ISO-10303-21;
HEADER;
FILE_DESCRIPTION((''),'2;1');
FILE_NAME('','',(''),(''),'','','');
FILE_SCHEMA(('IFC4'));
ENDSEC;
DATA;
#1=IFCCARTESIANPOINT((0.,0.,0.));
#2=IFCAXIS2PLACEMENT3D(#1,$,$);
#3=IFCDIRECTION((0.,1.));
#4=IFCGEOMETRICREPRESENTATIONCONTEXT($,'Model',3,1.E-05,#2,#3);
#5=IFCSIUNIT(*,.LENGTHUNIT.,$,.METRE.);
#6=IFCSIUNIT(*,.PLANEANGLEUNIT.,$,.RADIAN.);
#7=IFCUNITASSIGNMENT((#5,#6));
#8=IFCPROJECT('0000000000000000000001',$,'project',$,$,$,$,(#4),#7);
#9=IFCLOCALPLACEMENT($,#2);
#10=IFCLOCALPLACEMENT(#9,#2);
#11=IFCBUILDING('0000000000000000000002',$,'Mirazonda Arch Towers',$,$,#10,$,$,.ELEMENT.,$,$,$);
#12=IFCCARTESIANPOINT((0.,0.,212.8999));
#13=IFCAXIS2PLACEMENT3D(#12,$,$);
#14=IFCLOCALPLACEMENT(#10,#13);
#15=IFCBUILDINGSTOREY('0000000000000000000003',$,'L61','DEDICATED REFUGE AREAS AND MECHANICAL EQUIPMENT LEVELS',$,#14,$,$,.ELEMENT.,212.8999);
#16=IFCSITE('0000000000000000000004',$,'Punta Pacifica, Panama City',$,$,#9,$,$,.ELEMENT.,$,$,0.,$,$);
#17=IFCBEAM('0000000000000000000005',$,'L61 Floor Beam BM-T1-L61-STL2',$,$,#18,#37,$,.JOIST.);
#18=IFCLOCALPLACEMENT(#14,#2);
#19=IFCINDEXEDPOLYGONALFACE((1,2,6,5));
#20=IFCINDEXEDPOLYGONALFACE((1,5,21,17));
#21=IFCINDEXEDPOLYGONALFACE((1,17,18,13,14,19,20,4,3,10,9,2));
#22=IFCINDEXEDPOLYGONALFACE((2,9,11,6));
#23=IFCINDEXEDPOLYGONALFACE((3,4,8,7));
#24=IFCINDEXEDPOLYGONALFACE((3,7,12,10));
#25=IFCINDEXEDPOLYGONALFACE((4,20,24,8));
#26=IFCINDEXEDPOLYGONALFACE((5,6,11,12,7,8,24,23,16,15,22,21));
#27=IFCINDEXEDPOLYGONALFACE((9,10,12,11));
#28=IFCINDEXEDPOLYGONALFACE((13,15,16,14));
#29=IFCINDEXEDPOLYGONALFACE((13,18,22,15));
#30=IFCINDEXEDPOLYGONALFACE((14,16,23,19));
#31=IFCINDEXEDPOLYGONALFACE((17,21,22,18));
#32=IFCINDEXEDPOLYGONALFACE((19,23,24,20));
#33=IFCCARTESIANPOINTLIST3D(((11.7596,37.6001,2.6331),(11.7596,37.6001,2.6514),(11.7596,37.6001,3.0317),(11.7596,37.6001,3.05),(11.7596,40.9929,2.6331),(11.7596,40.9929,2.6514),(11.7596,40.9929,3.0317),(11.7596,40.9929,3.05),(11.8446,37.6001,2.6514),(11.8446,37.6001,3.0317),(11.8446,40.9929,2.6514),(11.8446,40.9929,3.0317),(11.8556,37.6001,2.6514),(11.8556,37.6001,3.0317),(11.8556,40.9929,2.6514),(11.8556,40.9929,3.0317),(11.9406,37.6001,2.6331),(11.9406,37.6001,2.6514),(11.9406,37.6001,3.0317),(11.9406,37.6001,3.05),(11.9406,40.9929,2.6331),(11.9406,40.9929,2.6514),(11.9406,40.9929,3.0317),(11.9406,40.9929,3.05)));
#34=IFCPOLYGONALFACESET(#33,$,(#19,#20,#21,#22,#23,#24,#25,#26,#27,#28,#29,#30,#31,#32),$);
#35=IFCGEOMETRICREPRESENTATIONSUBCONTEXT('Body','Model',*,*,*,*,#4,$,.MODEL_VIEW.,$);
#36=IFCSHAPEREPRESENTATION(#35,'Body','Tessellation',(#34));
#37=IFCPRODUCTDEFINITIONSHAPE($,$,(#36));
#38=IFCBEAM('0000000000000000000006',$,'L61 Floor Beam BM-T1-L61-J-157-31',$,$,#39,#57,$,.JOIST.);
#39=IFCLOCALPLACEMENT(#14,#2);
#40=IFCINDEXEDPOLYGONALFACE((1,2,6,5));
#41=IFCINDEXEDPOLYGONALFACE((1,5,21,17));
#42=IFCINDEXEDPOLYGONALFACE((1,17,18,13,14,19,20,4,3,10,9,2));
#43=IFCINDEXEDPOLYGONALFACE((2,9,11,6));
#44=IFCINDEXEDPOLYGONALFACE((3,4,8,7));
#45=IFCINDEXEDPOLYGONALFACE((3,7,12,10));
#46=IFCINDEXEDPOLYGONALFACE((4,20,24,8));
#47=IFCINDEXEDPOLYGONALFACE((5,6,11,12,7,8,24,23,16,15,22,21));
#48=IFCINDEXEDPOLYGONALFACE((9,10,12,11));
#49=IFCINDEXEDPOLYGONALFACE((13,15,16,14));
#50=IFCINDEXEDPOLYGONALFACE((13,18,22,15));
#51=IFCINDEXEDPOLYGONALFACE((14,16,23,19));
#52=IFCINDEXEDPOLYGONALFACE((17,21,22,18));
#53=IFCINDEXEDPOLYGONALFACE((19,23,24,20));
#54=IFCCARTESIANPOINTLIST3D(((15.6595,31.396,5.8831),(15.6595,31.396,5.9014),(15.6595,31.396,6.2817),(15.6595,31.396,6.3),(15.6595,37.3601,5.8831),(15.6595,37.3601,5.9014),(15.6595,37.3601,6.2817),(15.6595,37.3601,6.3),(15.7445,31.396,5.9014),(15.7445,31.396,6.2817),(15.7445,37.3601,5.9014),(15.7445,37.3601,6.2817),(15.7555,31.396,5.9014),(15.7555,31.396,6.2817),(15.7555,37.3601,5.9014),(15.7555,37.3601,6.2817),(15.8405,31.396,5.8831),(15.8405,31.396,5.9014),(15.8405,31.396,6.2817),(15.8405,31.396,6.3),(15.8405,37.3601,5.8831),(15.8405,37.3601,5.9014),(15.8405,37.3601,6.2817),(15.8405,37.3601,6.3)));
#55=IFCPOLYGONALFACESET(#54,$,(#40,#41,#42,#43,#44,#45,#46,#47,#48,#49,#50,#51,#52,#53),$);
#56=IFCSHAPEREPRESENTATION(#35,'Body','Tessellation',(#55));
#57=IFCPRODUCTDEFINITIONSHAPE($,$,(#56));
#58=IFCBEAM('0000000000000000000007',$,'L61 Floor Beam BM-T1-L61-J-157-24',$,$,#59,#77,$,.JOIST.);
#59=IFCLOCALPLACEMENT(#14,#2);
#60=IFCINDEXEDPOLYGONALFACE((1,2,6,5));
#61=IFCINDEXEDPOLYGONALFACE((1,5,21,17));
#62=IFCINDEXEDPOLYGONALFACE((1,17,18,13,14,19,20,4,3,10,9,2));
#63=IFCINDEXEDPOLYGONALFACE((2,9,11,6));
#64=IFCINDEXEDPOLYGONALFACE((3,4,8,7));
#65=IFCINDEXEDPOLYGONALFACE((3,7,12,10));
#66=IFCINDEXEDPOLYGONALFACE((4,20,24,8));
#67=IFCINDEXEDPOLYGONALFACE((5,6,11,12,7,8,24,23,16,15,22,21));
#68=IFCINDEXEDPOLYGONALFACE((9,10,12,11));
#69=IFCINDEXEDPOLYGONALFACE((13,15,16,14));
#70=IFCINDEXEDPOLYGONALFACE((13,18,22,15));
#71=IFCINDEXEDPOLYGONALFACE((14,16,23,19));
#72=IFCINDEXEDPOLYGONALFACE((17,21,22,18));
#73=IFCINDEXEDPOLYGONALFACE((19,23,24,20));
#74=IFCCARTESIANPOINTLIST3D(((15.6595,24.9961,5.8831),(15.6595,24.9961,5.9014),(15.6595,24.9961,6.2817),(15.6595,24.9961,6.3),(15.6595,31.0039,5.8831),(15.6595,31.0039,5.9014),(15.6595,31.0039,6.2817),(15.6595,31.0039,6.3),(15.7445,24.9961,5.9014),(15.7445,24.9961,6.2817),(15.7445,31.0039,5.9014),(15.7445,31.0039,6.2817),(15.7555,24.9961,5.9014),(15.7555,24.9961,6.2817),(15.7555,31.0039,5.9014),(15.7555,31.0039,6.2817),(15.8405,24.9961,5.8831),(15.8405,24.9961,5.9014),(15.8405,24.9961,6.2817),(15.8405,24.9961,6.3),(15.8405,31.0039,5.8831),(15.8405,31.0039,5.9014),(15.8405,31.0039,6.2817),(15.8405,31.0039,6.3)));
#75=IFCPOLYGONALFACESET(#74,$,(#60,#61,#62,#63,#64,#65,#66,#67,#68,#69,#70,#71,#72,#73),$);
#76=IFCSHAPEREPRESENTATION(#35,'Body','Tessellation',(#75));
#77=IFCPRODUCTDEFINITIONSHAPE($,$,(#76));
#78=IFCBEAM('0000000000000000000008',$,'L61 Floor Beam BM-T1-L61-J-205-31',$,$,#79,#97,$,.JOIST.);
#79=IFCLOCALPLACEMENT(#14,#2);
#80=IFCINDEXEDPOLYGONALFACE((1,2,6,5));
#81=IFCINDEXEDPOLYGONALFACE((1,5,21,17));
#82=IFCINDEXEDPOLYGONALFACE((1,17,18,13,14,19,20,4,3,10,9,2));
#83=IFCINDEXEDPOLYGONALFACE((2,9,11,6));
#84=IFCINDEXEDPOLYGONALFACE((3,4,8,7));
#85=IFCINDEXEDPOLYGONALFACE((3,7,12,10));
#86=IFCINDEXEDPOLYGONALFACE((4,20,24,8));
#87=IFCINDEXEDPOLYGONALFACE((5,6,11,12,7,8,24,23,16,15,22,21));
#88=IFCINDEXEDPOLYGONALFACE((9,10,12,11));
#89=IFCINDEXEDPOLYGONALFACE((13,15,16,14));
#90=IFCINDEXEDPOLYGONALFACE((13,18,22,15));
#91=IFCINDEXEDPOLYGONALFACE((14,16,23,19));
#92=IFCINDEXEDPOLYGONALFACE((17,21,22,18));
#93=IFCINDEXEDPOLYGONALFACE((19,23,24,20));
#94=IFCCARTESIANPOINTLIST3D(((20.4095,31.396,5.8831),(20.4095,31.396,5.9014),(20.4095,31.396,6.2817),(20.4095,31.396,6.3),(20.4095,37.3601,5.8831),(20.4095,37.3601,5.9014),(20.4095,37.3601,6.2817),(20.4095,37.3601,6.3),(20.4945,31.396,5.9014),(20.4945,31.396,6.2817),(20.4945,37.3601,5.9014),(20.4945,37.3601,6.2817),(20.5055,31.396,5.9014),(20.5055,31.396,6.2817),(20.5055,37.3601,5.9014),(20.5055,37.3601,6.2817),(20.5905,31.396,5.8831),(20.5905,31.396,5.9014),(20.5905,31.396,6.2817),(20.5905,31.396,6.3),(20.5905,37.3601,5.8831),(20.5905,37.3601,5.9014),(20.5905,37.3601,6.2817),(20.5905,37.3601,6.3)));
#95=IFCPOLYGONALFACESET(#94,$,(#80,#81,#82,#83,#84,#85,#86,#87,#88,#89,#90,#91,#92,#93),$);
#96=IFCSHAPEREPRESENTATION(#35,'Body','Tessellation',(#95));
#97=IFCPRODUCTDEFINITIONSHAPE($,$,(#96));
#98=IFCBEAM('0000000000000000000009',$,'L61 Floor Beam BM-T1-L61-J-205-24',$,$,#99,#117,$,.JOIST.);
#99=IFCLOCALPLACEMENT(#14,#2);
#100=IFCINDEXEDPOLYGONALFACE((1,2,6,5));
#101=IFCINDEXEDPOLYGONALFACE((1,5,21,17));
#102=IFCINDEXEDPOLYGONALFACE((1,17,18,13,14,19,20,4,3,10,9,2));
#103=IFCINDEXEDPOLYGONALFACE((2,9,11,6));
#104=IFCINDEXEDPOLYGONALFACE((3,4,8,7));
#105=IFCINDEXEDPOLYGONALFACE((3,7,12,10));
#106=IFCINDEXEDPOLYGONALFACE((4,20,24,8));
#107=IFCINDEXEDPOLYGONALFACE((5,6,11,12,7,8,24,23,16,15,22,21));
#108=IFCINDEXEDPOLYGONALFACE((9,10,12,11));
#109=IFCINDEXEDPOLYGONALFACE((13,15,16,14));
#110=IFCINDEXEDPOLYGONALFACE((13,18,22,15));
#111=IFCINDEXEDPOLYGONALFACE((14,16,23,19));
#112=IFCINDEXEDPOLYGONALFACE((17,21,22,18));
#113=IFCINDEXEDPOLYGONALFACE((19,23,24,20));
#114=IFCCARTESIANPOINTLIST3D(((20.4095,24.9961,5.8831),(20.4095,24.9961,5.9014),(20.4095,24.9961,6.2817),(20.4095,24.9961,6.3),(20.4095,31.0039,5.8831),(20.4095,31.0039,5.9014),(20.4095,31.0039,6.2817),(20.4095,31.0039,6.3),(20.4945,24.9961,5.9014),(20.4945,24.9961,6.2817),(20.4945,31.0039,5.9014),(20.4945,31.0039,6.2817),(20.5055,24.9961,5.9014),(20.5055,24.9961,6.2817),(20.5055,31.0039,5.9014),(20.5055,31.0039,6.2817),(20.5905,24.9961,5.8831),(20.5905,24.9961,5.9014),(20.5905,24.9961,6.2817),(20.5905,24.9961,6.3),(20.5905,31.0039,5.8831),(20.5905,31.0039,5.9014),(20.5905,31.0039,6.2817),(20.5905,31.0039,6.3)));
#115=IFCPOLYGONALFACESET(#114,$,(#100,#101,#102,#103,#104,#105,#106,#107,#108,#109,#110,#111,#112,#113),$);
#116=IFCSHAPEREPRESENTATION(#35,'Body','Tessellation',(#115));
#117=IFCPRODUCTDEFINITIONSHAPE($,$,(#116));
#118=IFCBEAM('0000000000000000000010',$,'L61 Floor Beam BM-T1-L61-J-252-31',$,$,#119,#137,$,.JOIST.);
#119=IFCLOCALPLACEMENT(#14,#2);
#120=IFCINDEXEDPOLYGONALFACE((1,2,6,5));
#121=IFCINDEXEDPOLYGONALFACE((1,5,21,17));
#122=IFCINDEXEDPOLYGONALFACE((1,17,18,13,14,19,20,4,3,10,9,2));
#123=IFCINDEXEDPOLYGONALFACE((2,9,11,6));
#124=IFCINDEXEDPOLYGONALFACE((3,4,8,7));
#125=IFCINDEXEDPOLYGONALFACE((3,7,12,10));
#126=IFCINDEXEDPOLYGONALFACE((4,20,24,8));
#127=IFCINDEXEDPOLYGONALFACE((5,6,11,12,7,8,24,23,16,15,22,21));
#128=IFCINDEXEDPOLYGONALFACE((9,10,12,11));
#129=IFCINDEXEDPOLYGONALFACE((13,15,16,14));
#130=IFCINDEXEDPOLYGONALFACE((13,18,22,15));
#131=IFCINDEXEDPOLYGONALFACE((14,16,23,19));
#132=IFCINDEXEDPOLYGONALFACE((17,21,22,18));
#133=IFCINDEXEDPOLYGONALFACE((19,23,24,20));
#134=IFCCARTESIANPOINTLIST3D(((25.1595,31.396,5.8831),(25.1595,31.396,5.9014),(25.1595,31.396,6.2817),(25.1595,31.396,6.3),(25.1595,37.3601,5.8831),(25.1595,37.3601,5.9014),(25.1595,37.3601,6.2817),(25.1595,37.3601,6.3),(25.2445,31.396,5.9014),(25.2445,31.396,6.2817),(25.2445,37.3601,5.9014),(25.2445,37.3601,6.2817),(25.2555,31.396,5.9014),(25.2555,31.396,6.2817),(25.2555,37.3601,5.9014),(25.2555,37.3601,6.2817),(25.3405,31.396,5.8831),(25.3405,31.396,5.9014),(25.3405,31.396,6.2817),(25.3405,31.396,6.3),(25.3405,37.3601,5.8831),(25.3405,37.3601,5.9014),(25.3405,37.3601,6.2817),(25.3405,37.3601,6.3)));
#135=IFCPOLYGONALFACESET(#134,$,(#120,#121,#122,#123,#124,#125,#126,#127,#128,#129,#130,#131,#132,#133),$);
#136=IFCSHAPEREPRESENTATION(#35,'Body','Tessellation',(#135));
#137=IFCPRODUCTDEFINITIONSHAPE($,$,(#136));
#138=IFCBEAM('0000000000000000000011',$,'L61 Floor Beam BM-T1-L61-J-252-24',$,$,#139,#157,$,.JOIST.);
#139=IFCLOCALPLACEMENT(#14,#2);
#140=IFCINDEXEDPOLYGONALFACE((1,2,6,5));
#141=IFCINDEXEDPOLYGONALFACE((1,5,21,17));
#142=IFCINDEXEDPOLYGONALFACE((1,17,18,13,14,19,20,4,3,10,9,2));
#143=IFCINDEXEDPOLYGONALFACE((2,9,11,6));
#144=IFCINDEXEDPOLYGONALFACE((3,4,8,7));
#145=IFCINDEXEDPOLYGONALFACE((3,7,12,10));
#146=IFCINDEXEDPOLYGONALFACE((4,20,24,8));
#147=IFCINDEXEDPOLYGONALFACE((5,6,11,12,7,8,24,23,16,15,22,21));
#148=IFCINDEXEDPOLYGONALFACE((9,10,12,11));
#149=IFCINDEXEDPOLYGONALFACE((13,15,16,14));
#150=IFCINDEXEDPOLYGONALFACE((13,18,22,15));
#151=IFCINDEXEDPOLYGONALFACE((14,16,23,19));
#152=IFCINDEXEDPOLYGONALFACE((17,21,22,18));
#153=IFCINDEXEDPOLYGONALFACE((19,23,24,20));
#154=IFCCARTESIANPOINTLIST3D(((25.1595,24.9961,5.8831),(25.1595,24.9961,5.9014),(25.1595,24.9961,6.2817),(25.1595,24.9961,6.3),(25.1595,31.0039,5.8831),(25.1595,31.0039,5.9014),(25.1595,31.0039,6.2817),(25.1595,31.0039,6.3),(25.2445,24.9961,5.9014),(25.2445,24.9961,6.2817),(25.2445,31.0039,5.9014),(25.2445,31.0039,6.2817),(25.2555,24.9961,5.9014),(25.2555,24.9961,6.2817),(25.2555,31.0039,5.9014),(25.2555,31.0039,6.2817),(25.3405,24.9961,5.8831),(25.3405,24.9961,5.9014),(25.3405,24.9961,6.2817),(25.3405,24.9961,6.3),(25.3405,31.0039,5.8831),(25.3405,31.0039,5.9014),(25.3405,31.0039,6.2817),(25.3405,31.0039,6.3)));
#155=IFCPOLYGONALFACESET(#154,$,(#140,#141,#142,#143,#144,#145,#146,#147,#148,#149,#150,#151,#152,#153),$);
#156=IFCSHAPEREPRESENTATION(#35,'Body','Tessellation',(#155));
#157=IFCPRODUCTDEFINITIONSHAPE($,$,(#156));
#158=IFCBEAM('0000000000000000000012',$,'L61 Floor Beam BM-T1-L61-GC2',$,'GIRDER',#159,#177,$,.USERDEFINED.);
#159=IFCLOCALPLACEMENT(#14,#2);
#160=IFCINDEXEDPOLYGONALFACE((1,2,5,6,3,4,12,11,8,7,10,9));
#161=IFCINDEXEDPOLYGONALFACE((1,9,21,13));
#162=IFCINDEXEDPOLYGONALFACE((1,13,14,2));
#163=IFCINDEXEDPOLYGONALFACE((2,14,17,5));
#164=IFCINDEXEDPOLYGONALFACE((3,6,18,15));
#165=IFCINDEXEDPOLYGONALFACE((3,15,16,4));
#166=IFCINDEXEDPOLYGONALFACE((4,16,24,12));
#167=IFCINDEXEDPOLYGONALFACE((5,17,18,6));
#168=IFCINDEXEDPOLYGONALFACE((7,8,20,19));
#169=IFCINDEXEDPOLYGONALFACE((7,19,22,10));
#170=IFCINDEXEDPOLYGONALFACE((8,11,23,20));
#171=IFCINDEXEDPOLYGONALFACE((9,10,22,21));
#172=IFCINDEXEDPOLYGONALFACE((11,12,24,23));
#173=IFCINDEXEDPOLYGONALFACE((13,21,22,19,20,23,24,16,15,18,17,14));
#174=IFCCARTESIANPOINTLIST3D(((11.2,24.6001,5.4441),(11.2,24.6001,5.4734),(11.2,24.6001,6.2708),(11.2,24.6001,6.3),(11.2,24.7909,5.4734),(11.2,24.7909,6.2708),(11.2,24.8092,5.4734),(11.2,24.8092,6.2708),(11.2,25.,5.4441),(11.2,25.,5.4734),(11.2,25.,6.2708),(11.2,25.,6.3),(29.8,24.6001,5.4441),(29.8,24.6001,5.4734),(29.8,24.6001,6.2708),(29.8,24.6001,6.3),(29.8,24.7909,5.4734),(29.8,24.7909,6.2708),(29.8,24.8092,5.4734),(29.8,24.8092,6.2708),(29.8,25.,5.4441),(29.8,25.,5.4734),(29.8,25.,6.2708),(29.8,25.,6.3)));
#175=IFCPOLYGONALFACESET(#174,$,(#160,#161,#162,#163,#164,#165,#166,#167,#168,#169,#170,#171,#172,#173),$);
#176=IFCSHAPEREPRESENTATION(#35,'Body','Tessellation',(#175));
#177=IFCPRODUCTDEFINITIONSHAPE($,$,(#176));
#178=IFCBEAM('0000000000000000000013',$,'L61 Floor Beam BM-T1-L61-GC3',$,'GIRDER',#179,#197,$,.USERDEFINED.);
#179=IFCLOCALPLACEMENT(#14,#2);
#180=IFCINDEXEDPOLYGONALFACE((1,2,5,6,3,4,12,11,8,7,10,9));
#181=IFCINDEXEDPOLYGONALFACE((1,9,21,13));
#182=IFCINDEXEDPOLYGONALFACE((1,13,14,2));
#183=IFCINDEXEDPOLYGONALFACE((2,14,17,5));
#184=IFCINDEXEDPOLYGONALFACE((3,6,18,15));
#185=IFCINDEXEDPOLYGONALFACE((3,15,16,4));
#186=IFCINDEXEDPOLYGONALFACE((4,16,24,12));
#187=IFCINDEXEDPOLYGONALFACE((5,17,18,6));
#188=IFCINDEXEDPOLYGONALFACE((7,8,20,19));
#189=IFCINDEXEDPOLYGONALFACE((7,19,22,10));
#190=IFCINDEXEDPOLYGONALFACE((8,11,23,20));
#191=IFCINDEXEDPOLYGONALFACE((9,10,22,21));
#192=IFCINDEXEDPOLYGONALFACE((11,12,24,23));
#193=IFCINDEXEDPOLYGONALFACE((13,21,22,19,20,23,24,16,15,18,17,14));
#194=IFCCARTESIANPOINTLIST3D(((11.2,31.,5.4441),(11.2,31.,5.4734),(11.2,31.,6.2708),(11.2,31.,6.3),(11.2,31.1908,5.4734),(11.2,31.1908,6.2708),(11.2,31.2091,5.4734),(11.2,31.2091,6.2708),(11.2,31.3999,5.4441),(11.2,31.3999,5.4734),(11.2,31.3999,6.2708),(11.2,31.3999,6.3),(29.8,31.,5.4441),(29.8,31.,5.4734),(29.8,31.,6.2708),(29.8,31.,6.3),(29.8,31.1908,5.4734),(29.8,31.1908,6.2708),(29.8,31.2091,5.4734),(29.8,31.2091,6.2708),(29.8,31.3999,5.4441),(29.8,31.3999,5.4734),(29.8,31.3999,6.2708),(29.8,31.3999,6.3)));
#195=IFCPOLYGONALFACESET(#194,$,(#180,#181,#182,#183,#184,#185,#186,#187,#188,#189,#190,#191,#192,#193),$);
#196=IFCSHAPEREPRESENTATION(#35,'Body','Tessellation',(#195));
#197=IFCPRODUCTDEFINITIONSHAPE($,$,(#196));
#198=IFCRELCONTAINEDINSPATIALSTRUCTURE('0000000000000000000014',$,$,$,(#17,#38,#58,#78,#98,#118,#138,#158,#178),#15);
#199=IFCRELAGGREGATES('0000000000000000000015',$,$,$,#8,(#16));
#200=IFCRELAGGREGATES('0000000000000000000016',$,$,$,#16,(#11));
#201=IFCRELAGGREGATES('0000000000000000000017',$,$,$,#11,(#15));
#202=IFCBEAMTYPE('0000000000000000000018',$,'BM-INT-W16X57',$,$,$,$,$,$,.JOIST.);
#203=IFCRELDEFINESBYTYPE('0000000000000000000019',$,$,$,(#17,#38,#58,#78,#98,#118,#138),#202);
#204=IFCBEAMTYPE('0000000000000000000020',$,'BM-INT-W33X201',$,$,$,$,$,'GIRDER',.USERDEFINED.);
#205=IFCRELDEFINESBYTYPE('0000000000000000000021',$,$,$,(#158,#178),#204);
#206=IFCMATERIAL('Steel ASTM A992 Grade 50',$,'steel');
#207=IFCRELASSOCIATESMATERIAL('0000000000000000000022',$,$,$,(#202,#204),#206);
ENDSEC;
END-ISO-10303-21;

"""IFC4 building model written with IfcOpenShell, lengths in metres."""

from ifc_helpers import new_model, si_unit, direction, frame, origin, origin_2d, place, context, subcontext, project, spatial, i_section, extrude, material, material_profile, profile_set, type_object, element, save


model = new_model("IFC4")

# Units and contexts
model_context = context("Model", 3, precision=1e-05, world=origin(), true_north=direction((0.0, 1.0)))
body_context = subcontext(model_context, "Body", "Model", "MODEL_VIEW")
ifc_project = project(units=[si_unit("LENGTHUNIT", "METRE"), si_unit("PLANEANGLEUNIT", "RADIAN")], contexts=[model_context])

# Site, building, storey
site_placement = place(None, origin())
site = spatial("IfcSite", under=ifc_project, at=site_placement, Name="Punta Pacifica, Panama City", CompositionType="ELEMENT", RefElevation=0.0)
building_placement = place(site_placement, origin())
building = spatial("IfcBuilding", under=site, at=building_placement, Name="Mirazonda Arch Towers", CompositionType="ELEMENT")
storey_placement = place(building_placement, frame((0.0, 0.0, 212.8999)))
storey = spatial("IfcBuildingStorey", under=building, at=storey_placement, Name="L61", Description="DEDICATED REFUGE AREAS AND MECHANICAL EQUIPMENT LEVELS", CompositionType="ELEMENT", Elevation=212.8999)

# Beams
ifc_material_1 = material(Name="Steel ASTM A992 Grade 50", Category="steel")
ifc_material_profile_1 = material_profile(ifc_material_1, i_section(OverallWidth=0.1809, OverallDepth=0.417, WebThickness=0.011, FlangeThickness=0.0183, at=origin_2d()), Name="W16X57")
ifc_profile_set_1 = profile_set([ifc_material_profile_1], Name="Steel ASTM A992 Grade 50")
beam_type_1 = type_object("IfcBeamType", Name="BM-INT-W16X57", PredefinedType="JOIST", material=ifc_profile_set_1)
beam_1_placement = place(storey_placement, frame((11.8501, 37.6001, 2.8416), z_axis=(0.0, 1.0, 0.0), x_axis=(-1.0, 0.0, 0.0)))
element("IfcBeam", 1, at=beam_1_placement, inside=storey, type_object=beam_type_1, Name="L61 Floor Beam BM-T1-L61-STL2", PredefinedType="JOIST", context=body_context, shape_type="SweptSolid", body=[
    extrude(i_section(OverallWidth=0.1809, OverallDepth=0.417, WebThickness=0.011, FlangeThickness=0.0183, at=origin_2d()), origin(), (0.0, 0.0, 1.0), 3.3928),
])
beam_2_placement = place(storey_placement, frame((15.75, 31.396, 6.0916), z_axis=(0.0, 1.0, 0.0), x_axis=(-1.0, 0.0, 0.0)))
element("IfcBeam", 2, at=beam_2_placement, inside=storey, type_object=beam_type_1, Name="L61 Floor Beam BM-T1-L61-J-157-31", PredefinedType="JOIST", context=body_context, shape_type="SweptSolid", body=[
    extrude(i_section(OverallWidth=0.1809, OverallDepth=0.417, WebThickness=0.011, FlangeThickness=0.0183, at=origin_2d()), origin(), (0.0, 0.0, 1.0), 5.9641),
])
beam_3_placement = place(storey_placement, frame((15.75, 24.9961, 6.0916), z_axis=(0.0, 1.0, 0.0), x_axis=(-1.0, 0.0, 0.0)))
element("IfcBeam", 3, at=beam_3_placement, inside=storey, type_object=beam_type_1, Name="L61 Floor Beam BM-T1-L61-J-157-24", PredefinedType="JOIST", context=body_context, shape_type="SweptSolid", body=[
    extrude(i_section(OverallWidth=0.1809, OverallDepth=0.417, WebThickness=0.011, FlangeThickness=0.0183, at=origin_2d()), origin(), (0.0, 0.0, 1.0), 6.0078),
])
beam_4_placement = place(storey_placement, frame((20.5, 31.396, 6.0916), z_axis=(0.0, 1.0, 0.0), x_axis=(-1.0, 0.0, 0.0)))
element("IfcBeam", 4, at=beam_4_placement, inside=storey, type_object=beam_type_1, Name="L61 Floor Beam BM-T1-L61-J-205-31", PredefinedType="JOIST", context=body_context, shape_type="SweptSolid", body=[
    extrude(i_section(OverallWidth=0.1809, OverallDepth=0.417, WebThickness=0.011, FlangeThickness=0.0183, at=origin_2d()), origin(), (0.0, 0.0, 1.0), 5.9641),
])
beam_5_placement = place(storey_placement, frame((20.5, 24.9961, 6.0916), z_axis=(0.0, 1.0, 0.0), x_axis=(-1.0, 0.0, 0.0)))
element("IfcBeam", 5, at=beam_5_placement, inside=storey, type_object=beam_type_1, Name="L61 Floor Beam BM-T1-L61-J-205-24", PredefinedType="JOIST", context=body_context, shape_type="SweptSolid", body=[
    extrude(i_section(OverallWidth=0.1809, OverallDepth=0.417, WebThickness=0.011, FlangeThickness=0.0183, at=origin_2d()), origin(), (0.0, 0.0, 1.0), 6.0078),
])
beam_6_placement = place(storey_placement, frame((25.25, 31.396, 6.0916), z_axis=(0.0, 1.0, 0.0), x_axis=(-1.0, 0.0, 0.0)))
element("IfcBeam", 6, at=beam_6_placement, inside=storey, type_object=beam_type_1, Name="L61 Floor Beam BM-T1-L61-J-252-31", PredefinedType="JOIST", context=body_context, shape_type="SweptSolid", body=[
    extrude(i_section(OverallWidth=0.1809, OverallDepth=0.417, WebThickness=0.011, FlangeThickness=0.0183, at=origin_2d()), origin(), (0.0, 0.0, 1.0), 5.9641),
])
beam_7_placement = place(storey_placement, frame((25.25, 24.9961, 6.0916), z_axis=(0.0, 1.0, 0.0), x_axis=(-1.0, 0.0, 0.0)))
element("IfcBeam", 7, at=beam_7_placement, inside=storey, type_object=beam_type_1, Name="L61 Floor Beam BM-T1-L61-J-252-24", PredefinedType="JOIST", context=body_context, shape_type="SweptSolid", body=[
    extrude(i_section(OverallWidth=0.1809, OverallDepth=0.417, WebThickness=0.011, FlangeThickness=0.0183, at=origin_2d()), origin(), (0.0, 0.0, 1.0), 6.0078),
])
ifc_material_profile_2 = material_profile(ifc_material_1, i_section(OverallWidth=0.3999, OverallDepth=0.856, WebThickness=0.0183, FlangeThickness=0.0293, at=origin_2d()), Name="W33X201")
ifc_profile_set_2 = profile_set([ifc_material_profile_2], Name="Steel ASTM A992 Grade 50")
beam_type_2 = type_object("IfcBeamType", Name="BM-INT-W33X201", ElementType="GIRDER", PredefinedType="USERDEFINED", material=ifc_profile_set_2)
for number, where, z_axis, x_axis, name in (
    (8, (11.2, 24.8, 5.8721), (1.0, 0.0, 0.0), (0.0, 1.0, 0.0), "L61 Floor Beam BM-T1-L61-GC2"),
    (9, (11.2, 31.2, 5.8721), (1.0, 0.0, 0.0), (0.0, 1.0, 0.0), "L61 Floor Beam BM-T1-L61-GC3"),
):
    element("IfcBeam", number, at=place(storey_placement, frame(where, z_axis=z_axis, x_axis=x_axis)), inside=storey, type_object=beam_type_2, Name=name, ObjectType="GIRDER", PredefinedType="USERDEFINED", context=body_context, shape_type="SweptSolid", body=[
        extrude(i_section(OverallWidth=0.3999, OverallDepth=0.856, WebThickness=0.0183, FlangeThickness=0.0293, at=origin_2d()), origin(), (0.0, 0.0, 1.0), 18.6001),
    ])

save(model, "model.ifc")
